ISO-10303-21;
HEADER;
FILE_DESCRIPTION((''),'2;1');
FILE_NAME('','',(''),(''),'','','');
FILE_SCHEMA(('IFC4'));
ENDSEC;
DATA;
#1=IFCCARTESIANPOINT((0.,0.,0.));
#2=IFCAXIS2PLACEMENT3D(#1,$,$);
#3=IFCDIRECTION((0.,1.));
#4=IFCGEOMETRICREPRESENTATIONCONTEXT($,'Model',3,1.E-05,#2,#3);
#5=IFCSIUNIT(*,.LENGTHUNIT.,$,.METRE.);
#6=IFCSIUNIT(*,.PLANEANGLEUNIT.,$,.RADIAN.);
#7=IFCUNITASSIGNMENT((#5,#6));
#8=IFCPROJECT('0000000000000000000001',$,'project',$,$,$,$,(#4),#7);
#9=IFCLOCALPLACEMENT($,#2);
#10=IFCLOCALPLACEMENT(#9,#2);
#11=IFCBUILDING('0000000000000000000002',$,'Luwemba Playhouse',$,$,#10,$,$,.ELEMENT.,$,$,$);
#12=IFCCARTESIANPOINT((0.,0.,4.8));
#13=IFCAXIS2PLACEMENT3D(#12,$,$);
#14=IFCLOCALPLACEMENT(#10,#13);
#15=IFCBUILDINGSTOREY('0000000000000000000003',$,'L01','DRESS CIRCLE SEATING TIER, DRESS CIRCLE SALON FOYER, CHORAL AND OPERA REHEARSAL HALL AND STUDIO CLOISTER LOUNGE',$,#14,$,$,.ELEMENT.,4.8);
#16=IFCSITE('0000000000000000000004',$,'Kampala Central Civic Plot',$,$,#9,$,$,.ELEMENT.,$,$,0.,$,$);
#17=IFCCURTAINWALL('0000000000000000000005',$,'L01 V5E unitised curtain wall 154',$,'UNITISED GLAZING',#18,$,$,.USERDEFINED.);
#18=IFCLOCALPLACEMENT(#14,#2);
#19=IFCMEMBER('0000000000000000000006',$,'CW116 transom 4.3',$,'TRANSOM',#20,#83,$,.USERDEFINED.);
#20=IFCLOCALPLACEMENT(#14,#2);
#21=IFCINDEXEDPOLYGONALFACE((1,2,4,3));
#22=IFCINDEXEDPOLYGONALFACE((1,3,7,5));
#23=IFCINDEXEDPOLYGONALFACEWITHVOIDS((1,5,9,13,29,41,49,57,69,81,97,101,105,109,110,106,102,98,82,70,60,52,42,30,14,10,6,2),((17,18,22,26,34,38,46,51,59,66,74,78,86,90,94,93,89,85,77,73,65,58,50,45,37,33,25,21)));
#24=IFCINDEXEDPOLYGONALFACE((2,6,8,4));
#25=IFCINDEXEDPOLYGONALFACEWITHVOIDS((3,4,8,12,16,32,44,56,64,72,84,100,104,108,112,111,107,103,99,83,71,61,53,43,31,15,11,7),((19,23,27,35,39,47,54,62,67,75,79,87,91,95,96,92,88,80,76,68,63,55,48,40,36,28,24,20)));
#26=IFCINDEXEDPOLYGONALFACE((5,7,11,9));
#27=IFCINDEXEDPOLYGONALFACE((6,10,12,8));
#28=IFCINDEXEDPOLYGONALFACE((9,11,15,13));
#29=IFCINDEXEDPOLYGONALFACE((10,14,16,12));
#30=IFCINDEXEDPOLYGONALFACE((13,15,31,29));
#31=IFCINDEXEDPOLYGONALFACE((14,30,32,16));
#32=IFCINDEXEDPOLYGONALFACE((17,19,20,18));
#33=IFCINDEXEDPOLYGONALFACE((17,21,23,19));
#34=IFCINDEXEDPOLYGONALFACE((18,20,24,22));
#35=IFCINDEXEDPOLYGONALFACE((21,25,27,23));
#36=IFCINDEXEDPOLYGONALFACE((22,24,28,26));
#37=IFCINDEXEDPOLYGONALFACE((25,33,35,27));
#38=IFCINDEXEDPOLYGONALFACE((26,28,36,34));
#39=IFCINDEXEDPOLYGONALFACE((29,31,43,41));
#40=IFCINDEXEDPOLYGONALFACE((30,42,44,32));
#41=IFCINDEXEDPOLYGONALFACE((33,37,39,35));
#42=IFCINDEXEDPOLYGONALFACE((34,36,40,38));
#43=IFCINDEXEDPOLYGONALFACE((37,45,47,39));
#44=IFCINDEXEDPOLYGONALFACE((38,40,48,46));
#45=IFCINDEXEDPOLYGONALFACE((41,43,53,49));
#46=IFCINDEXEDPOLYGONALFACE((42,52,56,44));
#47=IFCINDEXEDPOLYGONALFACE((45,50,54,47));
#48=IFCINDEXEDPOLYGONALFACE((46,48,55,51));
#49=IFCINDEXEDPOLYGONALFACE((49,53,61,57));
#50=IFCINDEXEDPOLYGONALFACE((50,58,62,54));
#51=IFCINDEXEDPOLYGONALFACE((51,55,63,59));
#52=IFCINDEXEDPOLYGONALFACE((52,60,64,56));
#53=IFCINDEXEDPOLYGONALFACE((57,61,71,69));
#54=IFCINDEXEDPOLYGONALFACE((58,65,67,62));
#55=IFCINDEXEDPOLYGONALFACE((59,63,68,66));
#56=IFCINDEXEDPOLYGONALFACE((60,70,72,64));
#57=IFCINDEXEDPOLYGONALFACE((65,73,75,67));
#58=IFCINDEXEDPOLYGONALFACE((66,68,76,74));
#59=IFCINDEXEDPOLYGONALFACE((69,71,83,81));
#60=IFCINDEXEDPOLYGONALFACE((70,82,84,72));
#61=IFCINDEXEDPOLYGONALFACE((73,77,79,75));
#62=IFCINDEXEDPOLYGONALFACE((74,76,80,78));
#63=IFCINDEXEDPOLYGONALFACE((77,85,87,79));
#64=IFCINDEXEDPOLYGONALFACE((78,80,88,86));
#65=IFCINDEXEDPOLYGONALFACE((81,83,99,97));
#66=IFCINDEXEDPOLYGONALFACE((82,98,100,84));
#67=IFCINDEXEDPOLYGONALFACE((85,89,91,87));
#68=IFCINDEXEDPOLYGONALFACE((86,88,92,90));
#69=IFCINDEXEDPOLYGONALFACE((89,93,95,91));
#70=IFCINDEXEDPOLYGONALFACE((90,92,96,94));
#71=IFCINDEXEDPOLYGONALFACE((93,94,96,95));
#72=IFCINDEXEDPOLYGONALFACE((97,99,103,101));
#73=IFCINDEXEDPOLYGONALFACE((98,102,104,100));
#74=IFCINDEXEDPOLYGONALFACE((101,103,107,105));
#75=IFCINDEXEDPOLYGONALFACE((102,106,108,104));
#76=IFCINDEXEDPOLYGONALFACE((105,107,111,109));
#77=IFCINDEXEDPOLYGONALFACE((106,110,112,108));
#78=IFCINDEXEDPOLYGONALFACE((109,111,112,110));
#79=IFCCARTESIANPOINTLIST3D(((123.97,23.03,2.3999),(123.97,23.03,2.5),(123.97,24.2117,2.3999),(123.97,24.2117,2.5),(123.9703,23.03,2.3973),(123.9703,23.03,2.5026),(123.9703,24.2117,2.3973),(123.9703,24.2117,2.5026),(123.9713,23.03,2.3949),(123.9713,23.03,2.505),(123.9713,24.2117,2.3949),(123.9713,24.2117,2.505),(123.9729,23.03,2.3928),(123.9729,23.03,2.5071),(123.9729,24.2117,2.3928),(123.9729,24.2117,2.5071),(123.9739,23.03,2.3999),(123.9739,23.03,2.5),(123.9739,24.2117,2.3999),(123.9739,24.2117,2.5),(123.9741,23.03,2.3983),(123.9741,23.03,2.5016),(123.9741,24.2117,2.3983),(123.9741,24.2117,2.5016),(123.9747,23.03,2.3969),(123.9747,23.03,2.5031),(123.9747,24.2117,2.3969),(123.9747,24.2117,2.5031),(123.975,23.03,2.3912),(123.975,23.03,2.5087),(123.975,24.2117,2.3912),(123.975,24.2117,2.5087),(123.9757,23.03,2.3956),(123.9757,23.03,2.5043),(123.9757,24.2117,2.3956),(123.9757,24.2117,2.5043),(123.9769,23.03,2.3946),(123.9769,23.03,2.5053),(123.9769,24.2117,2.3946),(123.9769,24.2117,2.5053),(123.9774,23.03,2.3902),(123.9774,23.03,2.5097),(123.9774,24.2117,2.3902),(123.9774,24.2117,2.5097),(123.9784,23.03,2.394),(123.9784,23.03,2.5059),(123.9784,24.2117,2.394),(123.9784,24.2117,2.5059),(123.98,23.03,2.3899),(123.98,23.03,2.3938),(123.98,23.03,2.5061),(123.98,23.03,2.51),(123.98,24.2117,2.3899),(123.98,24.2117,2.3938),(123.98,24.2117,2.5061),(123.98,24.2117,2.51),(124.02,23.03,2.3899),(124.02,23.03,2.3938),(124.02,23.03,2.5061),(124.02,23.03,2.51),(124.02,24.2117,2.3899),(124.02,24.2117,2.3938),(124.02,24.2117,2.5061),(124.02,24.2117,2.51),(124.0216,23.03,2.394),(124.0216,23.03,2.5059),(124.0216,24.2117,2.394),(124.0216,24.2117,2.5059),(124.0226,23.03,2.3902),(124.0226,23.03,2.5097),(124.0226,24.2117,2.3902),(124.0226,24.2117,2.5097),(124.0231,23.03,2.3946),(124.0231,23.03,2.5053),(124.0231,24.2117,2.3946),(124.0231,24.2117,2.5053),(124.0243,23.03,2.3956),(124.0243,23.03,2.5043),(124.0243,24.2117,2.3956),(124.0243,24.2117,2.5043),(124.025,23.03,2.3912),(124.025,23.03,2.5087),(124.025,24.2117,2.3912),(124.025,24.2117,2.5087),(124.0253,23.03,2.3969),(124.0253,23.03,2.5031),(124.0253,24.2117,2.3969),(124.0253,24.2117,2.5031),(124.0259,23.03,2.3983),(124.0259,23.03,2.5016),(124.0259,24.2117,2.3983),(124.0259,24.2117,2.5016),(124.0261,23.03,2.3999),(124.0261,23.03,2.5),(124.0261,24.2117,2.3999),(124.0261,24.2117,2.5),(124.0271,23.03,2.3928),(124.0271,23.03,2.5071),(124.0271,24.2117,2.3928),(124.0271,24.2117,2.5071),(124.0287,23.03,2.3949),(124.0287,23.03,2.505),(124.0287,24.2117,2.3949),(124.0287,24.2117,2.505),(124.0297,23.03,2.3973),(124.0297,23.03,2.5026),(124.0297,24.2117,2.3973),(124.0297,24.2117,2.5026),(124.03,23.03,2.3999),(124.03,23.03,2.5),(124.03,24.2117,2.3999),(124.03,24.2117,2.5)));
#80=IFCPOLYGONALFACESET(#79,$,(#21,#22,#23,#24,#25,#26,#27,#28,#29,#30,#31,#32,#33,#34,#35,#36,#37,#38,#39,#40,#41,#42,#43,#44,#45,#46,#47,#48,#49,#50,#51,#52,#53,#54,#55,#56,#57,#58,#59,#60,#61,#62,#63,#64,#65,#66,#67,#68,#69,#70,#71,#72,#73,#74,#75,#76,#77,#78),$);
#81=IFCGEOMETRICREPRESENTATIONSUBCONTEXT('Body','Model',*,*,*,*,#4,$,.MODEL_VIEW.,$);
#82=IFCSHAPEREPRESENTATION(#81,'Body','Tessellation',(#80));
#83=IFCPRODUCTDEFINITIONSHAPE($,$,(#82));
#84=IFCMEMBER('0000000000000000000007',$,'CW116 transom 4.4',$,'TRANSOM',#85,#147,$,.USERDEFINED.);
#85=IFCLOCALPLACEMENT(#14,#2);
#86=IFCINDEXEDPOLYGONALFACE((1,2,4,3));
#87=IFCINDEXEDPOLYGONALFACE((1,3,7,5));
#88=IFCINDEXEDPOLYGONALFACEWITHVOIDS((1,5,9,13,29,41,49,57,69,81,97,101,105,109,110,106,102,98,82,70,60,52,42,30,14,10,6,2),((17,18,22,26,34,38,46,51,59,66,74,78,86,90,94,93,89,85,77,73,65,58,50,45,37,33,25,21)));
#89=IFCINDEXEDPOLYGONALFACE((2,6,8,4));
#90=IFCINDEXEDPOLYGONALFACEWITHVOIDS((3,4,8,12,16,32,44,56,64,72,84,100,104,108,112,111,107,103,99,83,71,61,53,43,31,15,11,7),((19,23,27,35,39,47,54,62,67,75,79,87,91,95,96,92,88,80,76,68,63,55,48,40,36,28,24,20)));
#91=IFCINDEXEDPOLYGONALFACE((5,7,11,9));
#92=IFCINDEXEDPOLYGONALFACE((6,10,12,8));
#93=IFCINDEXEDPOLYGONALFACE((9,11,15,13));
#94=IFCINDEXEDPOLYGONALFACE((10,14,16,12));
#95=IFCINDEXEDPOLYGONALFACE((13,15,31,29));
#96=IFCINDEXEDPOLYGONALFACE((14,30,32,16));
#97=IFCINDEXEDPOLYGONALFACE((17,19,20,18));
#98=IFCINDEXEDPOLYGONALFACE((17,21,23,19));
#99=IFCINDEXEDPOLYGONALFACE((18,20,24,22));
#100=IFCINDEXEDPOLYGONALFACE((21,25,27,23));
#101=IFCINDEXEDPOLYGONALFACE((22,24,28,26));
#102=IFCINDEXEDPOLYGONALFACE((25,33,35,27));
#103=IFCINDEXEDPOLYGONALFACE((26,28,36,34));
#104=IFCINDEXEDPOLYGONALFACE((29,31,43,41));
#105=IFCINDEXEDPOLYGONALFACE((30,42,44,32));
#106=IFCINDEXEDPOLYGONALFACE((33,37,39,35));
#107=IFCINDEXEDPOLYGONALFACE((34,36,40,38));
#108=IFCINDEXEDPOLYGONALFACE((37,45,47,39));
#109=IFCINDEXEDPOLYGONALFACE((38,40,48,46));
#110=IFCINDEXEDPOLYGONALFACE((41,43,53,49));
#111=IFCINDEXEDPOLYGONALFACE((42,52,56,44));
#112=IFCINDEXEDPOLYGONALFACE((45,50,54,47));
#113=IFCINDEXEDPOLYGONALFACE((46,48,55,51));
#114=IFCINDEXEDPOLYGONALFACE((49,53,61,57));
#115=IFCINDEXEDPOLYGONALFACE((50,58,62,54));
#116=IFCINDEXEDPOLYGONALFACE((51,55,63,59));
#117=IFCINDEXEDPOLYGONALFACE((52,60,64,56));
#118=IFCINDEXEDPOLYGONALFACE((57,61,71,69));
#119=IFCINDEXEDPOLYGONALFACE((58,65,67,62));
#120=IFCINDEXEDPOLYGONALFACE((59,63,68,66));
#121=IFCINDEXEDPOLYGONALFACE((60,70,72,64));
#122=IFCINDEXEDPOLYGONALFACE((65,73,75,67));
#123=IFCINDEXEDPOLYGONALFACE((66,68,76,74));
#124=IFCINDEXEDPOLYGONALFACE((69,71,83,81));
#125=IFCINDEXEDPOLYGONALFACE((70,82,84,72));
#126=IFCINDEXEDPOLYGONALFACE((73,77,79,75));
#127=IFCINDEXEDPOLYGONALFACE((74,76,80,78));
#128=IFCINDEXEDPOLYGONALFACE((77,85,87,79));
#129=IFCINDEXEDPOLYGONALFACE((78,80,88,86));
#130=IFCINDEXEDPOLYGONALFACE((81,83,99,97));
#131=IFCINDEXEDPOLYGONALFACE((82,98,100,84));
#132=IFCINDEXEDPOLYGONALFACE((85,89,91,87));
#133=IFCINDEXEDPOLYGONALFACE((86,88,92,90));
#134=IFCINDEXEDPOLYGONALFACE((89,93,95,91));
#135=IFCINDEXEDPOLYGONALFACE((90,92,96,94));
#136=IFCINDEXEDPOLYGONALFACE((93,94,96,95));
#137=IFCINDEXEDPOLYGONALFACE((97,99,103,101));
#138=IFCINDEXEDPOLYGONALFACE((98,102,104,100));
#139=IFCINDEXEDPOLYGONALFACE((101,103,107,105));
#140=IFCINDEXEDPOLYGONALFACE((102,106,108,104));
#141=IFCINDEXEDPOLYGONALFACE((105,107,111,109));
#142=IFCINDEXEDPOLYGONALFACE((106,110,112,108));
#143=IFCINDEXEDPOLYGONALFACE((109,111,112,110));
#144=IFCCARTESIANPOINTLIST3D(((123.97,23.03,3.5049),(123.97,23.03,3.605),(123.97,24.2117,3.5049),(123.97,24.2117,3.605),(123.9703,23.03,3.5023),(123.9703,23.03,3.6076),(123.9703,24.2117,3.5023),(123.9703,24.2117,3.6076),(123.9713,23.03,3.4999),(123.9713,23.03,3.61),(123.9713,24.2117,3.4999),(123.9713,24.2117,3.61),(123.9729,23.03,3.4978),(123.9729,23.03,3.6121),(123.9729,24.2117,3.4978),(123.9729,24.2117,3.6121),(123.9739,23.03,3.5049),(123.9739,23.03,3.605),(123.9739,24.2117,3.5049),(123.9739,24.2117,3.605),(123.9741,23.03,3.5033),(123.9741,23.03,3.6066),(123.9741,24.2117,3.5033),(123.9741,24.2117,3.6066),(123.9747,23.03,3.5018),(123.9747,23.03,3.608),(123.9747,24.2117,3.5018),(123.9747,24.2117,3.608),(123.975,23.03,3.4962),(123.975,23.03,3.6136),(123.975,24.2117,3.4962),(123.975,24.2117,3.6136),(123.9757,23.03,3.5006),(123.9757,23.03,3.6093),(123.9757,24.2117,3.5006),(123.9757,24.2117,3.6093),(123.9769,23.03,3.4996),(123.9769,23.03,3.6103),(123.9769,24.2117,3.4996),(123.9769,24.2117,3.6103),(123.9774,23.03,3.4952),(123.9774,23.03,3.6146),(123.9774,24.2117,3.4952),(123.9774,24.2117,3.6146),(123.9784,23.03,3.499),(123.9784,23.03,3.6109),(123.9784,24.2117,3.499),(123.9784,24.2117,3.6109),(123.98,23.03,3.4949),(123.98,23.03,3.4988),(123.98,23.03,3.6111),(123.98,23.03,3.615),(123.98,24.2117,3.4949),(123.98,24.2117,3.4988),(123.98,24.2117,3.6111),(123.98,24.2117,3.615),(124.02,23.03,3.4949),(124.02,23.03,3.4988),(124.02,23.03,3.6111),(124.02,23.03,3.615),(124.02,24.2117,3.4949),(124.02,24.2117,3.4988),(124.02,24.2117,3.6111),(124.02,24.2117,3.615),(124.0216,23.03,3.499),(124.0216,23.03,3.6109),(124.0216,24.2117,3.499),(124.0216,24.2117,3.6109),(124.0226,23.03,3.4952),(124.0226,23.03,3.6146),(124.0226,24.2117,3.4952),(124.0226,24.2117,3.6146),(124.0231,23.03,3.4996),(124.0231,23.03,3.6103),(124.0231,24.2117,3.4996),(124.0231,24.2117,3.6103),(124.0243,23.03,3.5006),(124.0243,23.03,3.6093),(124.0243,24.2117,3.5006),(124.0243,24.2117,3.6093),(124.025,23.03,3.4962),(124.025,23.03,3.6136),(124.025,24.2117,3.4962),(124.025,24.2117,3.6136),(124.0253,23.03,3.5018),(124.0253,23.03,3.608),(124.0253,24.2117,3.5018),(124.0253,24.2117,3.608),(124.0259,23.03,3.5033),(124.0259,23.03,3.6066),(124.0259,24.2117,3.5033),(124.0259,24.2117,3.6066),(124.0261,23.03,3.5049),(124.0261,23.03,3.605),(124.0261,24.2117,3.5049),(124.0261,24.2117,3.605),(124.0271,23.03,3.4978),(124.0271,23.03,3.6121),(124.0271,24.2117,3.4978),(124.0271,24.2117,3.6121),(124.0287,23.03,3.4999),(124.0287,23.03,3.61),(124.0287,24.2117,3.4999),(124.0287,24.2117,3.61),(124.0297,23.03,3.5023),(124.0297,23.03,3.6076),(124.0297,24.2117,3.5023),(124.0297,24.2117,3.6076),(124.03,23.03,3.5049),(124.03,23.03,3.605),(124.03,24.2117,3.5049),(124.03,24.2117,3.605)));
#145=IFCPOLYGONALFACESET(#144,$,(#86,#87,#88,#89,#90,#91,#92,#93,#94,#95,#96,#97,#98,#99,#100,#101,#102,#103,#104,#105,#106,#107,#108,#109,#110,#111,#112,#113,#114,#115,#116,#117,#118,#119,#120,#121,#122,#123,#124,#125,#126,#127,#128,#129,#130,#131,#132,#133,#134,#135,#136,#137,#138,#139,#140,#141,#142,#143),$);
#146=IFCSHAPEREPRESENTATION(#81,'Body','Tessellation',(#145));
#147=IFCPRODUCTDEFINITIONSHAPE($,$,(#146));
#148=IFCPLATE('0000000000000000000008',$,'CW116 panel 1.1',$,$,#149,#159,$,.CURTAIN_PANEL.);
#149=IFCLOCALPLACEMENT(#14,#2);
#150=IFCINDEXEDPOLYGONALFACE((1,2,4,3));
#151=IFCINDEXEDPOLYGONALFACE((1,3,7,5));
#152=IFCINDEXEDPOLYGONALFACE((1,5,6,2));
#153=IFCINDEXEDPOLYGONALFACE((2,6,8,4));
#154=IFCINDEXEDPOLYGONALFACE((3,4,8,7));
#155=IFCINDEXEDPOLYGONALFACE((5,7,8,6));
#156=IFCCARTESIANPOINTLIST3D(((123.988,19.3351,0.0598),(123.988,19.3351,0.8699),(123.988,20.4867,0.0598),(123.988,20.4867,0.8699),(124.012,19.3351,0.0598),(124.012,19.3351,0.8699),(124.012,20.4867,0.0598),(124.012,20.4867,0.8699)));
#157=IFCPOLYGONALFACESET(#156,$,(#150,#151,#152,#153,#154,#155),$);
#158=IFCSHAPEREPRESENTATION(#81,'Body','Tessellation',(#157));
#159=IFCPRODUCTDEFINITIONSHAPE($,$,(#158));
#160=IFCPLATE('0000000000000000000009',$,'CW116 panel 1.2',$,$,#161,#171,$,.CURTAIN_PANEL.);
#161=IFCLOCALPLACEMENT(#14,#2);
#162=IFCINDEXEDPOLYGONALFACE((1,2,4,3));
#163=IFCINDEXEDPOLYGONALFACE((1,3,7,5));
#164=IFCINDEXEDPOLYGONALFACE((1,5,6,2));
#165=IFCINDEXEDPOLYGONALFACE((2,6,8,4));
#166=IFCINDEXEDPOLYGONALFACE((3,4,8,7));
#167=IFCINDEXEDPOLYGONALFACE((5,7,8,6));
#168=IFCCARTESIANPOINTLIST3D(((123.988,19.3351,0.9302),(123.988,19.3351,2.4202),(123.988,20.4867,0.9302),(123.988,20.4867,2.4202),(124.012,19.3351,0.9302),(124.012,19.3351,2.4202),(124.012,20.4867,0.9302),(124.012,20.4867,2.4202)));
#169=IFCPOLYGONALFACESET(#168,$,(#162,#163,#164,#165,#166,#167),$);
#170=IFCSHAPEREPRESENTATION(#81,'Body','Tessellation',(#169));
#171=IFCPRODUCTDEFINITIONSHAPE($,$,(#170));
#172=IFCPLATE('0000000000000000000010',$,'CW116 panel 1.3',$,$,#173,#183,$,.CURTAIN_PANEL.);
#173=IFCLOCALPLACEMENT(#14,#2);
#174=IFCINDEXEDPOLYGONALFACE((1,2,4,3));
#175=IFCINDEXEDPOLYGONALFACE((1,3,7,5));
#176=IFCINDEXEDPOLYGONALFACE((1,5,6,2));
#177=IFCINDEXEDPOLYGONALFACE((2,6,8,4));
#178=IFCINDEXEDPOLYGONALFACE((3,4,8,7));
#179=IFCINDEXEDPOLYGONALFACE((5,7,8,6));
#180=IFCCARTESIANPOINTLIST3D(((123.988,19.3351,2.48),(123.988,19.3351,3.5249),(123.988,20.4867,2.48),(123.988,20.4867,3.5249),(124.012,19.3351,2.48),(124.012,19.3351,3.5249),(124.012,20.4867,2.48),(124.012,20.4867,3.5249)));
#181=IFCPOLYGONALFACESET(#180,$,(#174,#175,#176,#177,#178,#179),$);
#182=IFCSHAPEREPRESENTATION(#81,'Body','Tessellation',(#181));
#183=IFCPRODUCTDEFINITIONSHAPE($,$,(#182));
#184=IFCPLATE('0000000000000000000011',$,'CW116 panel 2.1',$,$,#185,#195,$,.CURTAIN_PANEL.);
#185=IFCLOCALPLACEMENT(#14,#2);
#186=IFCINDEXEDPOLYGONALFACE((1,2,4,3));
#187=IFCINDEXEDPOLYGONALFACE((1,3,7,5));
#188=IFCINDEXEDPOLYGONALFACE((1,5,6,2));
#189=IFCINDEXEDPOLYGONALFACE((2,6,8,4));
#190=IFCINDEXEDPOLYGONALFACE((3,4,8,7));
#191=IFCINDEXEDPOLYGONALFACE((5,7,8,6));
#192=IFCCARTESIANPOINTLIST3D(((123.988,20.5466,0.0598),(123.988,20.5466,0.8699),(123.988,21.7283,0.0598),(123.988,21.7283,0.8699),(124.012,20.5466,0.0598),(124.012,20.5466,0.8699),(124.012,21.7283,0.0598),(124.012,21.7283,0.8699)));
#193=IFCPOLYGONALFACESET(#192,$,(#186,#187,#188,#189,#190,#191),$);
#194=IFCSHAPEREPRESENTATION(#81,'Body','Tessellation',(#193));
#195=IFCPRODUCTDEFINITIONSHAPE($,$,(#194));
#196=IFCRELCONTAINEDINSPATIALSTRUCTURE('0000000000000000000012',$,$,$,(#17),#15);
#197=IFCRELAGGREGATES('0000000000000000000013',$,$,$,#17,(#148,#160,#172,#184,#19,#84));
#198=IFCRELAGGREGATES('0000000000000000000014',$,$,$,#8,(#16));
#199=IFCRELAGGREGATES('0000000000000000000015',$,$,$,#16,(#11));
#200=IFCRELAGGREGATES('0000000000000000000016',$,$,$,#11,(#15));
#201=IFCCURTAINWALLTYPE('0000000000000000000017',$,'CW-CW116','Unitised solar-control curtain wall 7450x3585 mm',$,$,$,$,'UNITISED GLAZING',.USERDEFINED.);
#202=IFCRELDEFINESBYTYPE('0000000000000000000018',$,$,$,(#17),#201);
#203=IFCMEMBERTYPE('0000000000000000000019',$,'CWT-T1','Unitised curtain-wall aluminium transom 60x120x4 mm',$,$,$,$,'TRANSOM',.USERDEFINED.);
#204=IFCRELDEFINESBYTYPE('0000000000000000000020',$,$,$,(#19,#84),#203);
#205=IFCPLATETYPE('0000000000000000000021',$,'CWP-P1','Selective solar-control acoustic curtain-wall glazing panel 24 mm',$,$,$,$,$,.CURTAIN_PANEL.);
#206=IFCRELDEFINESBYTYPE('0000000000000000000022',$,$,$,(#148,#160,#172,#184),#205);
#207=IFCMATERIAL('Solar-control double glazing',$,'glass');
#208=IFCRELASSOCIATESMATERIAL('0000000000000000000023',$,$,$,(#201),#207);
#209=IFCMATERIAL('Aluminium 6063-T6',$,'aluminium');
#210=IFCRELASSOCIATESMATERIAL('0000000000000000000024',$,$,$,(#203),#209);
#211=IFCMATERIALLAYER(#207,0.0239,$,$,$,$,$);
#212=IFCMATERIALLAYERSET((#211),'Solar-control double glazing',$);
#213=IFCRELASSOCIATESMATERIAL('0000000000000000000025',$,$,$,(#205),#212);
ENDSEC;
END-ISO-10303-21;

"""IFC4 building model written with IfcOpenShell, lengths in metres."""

from ifc_helpers import new_model, si_unit, direction, frame, origin, origin_2d, place, context, subcontext, project, spatial, rectangle, hollow_rectangle, extrude, material, layer, layer_set, material_profile, profile_set, type_object, element, aggregate, save


model = new_model("IFC4")

# Units and contexts
model_context = context("Model", 3, precision=1e-05, world=origin(), true_north=direction((0.0, 1.0)))
body_context = subcontext(model_context, "Body", "Model", "MODEL_VIEW")
ifc_project = project(units=[si_unit("LENGTHUNIT", "METRE"), si_unit("PLANEANGLEUNIT", "RADIAN")], contexts=[model_context])

# Site, building, storey
site_placement = place(None, origin())
site = spatial("IfcSite", under=ifc_project, at=site_placement, Name="Kampala Central Civic Plot", CompositionType="ELEMENT", RefElevation=0.0)
building_placement = place(site_placement, origin())
building = spatial("IfcBuilding", under=site, at=building_placement, Name="Luwemba Playhouse", CompositionType="ELEMENT")
storey_placement = place(building_placement, frame((0.0, 0.0, 4.8)))
storey = spatial("IfcBuildingStorey", under=building, at=storey_placement, Name="L01", Description="DRESS CIRCLE SEATING TIER, DRESS CIRCLE SALON FOYER, CHORAL AND OPERA REHEARSAL HALL AND STUDIO CLOISTER LOUNGE", CompositionType="ELEMENT", Elevation=4.8)

# Curtain wall, members, plates
ifc_material_1 = material(Name="Solar-control double glazing", Category="glass")
curtain_wall_type = type_object("IfcCurtainWallType", Name="CW-CW116", Description="Unitised solar-control curtain wall 7450x3585 mm", ElementType="UNITISED GLAZING", PredefinedType="USERDEFINED", material=ifc_material_1)
curtain_wall_placement = place(storey_placement, origin())
curtain_wall = element("IfcCurtainWall", 1, at=curtain_wall_placement, inside=storey, type_object=curtain_wall_type, Name="L01 V5E unitised curtain wall 154", ObjectType="UNITISED GLAZING", PredefinedType="USERDEFINED")
ifc_material_2 = material(Name="Aluminium 6063-T6", Category="aluminium")
ifc_material_profile_1 = material_profile(ifc_material_2, hollow_rectangle(XDim=0.0601, YDim=0.1201, WallThickness=0.0039, InnerFilletRadius=0.0061, OuterFilletRadius=0.01, at=origin_2d()))
ifc_profile_set_1 = profile_set([ifc_material_profile_1], Name="Aluminium 6063-T6")
member_type_1 = type_object("IfcMemberType", Name="CWT-T1", Description="Unitised curtain-wall aluminium transom 60x120x4 mm", ElementType="TRANSOM", PredefinedType="USERDEFINED", material=ifc_profile_set_1)
member_1_placement = place(storey_placement, frame((124.0, 23.03, 2.45), z_axis=(0.0, 1.0, 0.0), x_axis=(-1.0, 0.0, 0.0)))
member_1 = element("IfcMember", 2, at=member_1_placement, type_object=member_type_1, Name="CW116 transom 4.3", ObjectType="TRANSOM", PredefinedType="USERDEFINED", context=body_context, shape_type="SweptSolid", body=[
    extrude(hollow_rectangle(XDim=0.0601, YDim=0.1201, WallThickness=0.0039, InnerFilletRadius=0.0061, OuterFilletRadius=0.01, at=origin_2d()), origin(), (0.0, 0.0, 1.0), 1.1816),
])
member_2_placement = place(storey_placement, frame((124.0, 23.03, 3.5549), z_axis=(0.0, 1.0, 0.0), x_axis=(-1.0, 0.0, 0.0)))
member_2 = element("IfcMember", 3, at=member_2_placement, type_object=member_type_1, Name="CW116 transom 4.4", ObjectType="TRANSOM", PredefinedType="USERDEFINED", context=body_context, shape_type="SweptSolid", body=[
    extrude(hollow_rectangle(XDim=0.0601, YDim=0.1201, WallThickness=0.0039, InnerFilletRadius=0.0061, OuterFilletRadius=0.01, at=origin_2d()), origin(), (0.0, 0.0, 1.0), 1.1816),
])
ifc_layer_1 = layer(ifc_material_1, 0.0239)
ifc_layer_set_1 = layer_set([ifc_layer_1], Name="Solar-control double glazing")
plate_type = type_object("IfcPlateType", Name="CWP-P1", Description="Selective solar-control acoustic curtain-wall glazing panel 24 mm", PredefinedType="CURTAIN_PANEL", material=ifc_layer_set_1)
plate_1_placement = place(storey_placement, frame((124.0, 19.9109, 0.0598), z_axis=(0.0, 0.0, 1.0), x_axis=(0.0, 1.0, 0.0)))
plate_1 = element("IfcPlate", 4, at=plate_1_placement, type_object=plate_type, Name="CW116 panel 1.1", PredefinedType="CURTAIN_PANEL", context=body_context, shape_type="SweptSolid", body=[
    extrude(rectangle(XDim=1.1516, YDim=0.0239, at=origin_2d()), origin(), (0.0, 0.0, 1.0), 0.8101),
])
plate_2_placement = place(storey_placement, frame((124.0, 19.9109, 0.9302), z_axis=(0.0, 0.0, 1.0), x_axis=(0.0, 1.0, 0.0)))
plate_2 = element("IfcPlate", 5, at=plate_2_placement, type_object=plate_type, Name="CW116 panel 1.2", PredefinedType="CURTAIN_PANEL", context=body_context, shape_type="SweptSolid", body=[
    extrude(rectangle(XDim=1.1516, YDim=0.0239, at=origin_2d()), origin(), (0.0, 0.0, 1.0), 1.49),
])
plate_3_placement = place(storey_placement, frame((124.0, 19.9109, 2.48), z_axis=(0.0, 0.0, 1.0), x_axis=(0.0, 1.0, 0.0)))
plate_3 = element("IfcPlate", 6, at=plate_3_placement, type_object=plate_type, Name="CW116 panel 1.3", PredefinedType="CURTAIN_PANEL", context=body_context, shape_type="SweptSolid", body=[
    extrude(rectangle(XDim=1.1516, YDim=0.0239, at=origin_2d()), origin(), (0.0, 0.0, 1.0), 1.0449),
])
plate_4_placement = place(storey_placement, frame((124.0, 21.1375, 0.0598), z_axis=(0.0, 0.0, 1.0), x_axis=(0.0, 1.0, 0.0)))
plate_4 = element("IfcPlate", 7, at=plate_4_placement, type_object=plate_type, Name="CW116 panel 2.1", PredefinedType="CURTAIN_PANEL", context=body_context, shape_type="SweptSolid", body=[
    extrude(rectangle(XDim=1.1816, YDim=0.0239, at=origin_2d()), origin(), (0.0, 0.0, 1.0), 0.8101),
])
aggregate(curtain_wall, [plate_1, plate_2, plate_3, plate_4, member_1, member_2])

save(model, "model.ifc")
